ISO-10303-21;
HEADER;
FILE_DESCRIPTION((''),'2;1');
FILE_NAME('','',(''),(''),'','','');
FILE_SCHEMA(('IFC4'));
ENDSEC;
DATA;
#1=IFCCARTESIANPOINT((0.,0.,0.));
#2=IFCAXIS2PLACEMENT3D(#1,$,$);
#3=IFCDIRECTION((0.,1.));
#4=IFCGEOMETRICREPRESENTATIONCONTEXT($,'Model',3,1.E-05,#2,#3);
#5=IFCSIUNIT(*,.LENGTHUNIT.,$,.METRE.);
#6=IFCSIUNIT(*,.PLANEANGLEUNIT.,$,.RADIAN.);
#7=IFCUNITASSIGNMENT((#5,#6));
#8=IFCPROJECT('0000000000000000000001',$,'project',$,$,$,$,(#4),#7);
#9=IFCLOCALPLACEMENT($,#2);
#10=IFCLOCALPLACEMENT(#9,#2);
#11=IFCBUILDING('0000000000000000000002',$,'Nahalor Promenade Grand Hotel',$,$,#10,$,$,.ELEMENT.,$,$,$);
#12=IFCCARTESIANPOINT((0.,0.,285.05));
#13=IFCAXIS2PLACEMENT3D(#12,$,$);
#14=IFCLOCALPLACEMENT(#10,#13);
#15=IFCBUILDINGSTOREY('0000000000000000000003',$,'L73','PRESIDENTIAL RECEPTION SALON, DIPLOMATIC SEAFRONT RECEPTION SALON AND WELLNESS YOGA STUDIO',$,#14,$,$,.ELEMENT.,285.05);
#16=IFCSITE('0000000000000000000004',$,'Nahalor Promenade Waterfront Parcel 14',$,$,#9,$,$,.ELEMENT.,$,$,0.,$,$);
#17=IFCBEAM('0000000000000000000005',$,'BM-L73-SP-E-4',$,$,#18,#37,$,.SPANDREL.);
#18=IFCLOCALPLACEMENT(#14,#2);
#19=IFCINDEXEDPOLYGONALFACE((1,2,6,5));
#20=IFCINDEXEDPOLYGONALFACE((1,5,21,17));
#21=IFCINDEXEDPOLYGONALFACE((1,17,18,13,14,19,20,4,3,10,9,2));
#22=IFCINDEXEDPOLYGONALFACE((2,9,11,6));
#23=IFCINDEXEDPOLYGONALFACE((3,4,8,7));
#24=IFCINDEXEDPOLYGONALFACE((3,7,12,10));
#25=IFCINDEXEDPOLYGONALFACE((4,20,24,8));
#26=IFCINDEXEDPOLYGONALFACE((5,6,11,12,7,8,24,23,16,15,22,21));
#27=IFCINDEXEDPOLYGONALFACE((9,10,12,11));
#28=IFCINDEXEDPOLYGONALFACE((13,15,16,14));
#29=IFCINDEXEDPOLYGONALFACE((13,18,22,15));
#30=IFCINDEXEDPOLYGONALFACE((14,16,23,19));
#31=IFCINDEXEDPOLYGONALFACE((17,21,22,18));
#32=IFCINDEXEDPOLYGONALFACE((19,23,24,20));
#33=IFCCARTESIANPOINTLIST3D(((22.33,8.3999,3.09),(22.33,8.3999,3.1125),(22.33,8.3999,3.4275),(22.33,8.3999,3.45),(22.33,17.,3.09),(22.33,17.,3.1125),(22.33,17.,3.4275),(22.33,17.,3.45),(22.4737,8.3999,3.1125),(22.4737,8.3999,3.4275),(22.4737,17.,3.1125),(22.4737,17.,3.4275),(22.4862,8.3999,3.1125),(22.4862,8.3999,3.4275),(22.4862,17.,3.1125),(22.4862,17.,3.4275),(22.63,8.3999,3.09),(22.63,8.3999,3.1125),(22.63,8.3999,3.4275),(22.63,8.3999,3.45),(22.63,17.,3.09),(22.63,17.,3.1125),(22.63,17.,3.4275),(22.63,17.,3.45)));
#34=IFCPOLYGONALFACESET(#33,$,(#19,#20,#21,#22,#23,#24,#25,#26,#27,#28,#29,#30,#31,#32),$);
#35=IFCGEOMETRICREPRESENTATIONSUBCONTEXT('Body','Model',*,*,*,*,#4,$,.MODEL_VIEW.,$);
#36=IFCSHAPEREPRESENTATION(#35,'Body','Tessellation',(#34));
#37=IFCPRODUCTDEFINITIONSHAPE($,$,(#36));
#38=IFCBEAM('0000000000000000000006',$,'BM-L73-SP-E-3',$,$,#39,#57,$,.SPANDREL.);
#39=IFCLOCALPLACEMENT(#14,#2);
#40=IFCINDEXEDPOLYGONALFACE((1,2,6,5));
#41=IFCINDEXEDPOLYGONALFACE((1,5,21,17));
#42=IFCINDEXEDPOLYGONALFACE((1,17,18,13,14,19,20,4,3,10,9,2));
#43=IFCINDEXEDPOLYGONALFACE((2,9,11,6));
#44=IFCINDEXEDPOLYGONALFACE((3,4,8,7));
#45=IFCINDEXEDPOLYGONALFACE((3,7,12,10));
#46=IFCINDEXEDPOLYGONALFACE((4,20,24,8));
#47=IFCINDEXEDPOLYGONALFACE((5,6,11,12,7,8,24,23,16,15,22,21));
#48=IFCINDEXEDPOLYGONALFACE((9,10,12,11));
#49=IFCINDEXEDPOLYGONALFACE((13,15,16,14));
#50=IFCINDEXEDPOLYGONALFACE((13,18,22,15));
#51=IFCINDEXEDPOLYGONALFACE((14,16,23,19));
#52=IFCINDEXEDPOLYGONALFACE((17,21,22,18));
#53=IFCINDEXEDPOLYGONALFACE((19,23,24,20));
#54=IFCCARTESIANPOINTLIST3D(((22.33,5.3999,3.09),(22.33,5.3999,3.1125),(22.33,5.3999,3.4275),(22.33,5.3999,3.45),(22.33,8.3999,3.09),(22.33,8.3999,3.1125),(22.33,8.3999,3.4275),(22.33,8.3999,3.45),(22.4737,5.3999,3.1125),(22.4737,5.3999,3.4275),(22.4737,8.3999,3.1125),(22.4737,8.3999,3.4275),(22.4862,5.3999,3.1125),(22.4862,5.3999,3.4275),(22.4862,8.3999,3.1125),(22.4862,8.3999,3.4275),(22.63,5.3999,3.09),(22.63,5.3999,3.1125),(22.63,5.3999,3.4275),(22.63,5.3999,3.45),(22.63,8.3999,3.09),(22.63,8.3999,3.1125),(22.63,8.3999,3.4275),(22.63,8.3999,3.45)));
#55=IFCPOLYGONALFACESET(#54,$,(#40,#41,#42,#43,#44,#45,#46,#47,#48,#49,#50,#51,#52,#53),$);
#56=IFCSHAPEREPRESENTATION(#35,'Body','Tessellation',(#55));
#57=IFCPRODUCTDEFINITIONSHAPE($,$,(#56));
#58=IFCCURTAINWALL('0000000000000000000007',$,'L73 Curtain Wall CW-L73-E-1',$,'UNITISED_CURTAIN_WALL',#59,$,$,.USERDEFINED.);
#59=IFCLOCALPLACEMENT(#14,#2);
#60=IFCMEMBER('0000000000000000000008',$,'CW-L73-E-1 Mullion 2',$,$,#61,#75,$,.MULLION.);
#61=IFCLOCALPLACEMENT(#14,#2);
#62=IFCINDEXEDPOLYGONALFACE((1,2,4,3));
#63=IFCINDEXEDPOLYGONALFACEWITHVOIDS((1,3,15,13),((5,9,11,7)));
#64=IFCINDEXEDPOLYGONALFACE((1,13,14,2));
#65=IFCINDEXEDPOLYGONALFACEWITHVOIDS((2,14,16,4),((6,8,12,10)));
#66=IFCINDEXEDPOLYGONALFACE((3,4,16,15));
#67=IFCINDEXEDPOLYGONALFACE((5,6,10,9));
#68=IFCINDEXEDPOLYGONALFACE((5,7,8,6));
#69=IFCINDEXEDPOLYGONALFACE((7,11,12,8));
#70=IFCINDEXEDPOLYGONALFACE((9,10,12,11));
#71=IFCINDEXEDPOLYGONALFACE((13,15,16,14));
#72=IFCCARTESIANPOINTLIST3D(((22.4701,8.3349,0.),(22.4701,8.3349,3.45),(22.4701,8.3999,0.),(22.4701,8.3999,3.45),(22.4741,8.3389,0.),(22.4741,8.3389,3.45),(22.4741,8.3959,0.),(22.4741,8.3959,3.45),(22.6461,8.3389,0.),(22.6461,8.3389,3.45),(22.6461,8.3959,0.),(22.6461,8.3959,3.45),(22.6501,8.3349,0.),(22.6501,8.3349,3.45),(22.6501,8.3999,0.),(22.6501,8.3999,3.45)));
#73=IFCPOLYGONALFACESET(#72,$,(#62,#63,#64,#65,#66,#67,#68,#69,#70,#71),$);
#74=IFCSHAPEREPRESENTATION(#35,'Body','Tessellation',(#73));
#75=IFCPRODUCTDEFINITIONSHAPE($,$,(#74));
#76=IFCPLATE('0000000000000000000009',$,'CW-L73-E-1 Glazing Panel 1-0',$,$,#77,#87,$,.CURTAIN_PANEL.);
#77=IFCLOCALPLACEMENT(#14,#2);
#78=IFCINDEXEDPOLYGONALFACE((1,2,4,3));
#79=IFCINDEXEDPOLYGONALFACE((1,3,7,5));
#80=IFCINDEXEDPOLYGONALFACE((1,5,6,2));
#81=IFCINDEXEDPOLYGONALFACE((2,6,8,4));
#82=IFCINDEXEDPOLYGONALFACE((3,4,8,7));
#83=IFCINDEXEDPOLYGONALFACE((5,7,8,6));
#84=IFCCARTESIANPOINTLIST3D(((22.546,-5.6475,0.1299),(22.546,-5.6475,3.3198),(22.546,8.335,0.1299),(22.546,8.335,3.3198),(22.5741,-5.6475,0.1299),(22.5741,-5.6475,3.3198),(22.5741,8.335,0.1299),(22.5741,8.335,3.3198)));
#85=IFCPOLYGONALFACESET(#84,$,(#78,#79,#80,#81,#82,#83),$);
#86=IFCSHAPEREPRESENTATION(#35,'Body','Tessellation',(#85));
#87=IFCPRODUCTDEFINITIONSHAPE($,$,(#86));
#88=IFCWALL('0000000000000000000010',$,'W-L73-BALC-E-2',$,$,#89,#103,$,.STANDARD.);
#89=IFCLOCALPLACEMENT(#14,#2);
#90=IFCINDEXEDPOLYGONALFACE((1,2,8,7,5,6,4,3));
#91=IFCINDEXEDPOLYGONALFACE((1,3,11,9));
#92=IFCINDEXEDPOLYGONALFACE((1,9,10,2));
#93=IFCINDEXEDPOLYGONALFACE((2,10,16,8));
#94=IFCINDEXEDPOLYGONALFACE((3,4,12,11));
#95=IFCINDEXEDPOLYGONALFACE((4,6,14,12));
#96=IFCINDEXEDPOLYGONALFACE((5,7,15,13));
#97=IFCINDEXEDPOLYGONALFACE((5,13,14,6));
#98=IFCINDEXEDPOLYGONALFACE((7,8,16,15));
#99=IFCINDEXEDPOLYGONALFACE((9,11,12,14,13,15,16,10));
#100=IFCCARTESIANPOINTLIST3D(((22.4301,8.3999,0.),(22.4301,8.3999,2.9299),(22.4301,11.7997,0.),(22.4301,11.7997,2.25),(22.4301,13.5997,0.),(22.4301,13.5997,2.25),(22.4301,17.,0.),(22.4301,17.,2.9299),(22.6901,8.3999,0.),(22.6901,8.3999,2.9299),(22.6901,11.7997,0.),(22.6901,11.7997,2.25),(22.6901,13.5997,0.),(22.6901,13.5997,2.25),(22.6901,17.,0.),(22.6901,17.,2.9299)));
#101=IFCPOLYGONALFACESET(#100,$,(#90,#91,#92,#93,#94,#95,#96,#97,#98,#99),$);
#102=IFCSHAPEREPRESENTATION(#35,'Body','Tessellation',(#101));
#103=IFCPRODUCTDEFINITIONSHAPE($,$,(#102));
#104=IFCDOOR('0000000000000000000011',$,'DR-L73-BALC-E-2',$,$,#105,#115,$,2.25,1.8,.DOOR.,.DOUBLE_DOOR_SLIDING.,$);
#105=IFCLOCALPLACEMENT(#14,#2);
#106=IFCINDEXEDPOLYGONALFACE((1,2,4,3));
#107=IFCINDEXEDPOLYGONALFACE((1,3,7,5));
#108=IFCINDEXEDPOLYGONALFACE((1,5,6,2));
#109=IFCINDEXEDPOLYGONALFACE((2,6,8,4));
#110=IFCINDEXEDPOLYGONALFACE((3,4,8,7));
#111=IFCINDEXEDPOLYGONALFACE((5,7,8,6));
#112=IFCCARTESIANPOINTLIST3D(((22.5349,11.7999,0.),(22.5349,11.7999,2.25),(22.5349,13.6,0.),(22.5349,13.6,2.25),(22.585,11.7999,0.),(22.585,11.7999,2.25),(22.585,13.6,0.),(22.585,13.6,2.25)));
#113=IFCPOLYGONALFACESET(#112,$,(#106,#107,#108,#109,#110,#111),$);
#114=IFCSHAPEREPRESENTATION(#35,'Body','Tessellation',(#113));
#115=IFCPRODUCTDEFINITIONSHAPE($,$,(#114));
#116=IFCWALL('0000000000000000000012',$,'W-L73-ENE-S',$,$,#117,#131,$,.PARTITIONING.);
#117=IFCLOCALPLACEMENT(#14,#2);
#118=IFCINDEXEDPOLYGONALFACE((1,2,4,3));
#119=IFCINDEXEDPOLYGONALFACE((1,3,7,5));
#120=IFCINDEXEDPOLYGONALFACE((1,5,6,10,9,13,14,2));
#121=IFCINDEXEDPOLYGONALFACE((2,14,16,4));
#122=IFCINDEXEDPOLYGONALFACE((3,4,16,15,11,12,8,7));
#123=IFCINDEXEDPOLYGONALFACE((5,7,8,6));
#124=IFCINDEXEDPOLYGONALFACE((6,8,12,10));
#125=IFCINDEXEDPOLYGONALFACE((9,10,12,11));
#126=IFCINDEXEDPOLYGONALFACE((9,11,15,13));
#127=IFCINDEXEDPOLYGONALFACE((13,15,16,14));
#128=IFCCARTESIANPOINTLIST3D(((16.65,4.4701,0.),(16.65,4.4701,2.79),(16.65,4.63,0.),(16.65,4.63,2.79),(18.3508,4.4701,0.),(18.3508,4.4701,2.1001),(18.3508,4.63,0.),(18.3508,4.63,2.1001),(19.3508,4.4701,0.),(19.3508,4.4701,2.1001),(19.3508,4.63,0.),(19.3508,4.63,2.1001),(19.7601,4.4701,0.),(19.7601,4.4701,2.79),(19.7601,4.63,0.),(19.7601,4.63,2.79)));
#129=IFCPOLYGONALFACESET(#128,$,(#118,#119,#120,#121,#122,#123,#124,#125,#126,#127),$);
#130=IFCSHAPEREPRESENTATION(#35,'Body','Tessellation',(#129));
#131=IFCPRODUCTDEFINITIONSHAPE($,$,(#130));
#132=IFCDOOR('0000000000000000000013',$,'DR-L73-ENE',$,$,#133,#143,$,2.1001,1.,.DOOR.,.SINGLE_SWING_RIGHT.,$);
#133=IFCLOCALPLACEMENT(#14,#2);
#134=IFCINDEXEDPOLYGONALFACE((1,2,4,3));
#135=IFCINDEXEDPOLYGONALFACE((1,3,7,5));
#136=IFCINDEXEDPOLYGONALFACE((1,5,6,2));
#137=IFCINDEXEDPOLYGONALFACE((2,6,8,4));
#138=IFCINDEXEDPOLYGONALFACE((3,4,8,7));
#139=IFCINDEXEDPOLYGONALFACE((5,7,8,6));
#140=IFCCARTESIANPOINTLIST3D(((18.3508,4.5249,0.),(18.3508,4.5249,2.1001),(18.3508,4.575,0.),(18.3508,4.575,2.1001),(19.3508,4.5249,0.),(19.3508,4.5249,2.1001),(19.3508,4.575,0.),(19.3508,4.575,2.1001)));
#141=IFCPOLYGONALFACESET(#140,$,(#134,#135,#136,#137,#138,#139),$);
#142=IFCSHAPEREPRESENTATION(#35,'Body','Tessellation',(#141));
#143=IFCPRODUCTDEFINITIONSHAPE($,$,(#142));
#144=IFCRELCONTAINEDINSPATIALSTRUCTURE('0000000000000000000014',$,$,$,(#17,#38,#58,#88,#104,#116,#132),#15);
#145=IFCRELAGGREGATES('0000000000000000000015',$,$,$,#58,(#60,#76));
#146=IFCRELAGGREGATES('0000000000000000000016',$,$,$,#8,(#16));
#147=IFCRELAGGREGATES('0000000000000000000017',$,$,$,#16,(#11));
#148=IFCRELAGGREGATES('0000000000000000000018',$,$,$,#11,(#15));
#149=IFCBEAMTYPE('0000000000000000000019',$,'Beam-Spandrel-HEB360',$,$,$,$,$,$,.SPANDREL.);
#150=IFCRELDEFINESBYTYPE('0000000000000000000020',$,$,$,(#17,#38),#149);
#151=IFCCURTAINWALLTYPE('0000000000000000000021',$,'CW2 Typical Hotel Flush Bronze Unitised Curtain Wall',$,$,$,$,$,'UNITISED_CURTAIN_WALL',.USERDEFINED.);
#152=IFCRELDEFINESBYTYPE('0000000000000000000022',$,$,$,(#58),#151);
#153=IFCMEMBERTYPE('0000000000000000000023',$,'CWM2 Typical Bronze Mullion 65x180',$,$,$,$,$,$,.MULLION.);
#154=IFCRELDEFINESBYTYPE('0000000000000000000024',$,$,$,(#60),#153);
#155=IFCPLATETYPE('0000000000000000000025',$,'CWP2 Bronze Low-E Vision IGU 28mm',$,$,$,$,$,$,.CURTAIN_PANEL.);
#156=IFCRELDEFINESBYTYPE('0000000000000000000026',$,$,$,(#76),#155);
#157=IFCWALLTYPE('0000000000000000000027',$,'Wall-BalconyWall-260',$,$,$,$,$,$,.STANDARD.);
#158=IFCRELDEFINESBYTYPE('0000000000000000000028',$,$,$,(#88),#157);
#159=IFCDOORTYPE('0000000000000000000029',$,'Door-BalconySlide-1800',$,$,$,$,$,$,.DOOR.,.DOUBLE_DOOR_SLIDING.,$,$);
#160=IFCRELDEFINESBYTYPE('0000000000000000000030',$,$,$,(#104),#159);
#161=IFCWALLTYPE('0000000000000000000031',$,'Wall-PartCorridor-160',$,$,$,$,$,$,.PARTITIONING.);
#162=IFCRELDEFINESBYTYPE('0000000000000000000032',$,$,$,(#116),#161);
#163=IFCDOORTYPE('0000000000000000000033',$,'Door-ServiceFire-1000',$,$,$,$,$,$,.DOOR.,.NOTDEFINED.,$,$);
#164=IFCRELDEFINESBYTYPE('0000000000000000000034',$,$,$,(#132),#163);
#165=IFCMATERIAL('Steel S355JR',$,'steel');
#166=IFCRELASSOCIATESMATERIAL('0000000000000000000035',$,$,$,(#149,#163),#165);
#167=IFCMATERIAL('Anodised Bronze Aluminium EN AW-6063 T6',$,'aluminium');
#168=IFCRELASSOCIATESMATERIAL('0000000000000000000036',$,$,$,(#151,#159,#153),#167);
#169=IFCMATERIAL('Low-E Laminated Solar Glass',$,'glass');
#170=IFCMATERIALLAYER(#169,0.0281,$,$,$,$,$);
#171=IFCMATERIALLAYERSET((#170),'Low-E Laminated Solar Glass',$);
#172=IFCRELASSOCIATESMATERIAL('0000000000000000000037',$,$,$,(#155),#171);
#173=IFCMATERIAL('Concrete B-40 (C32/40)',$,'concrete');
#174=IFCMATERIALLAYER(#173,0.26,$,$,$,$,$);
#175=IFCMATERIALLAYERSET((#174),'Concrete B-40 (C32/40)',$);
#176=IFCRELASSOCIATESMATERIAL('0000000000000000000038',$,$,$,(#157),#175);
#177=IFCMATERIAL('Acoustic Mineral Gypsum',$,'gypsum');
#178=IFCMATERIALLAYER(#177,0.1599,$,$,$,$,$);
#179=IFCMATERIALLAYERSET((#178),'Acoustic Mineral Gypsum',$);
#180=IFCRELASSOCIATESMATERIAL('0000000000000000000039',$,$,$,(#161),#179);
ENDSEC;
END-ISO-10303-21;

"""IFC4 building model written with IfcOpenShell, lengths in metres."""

from ifc_helpers import new_model, si_unit, direction, frame, frame_2d, origin, origin_2d, place, context, subcontext, project, spatial, rectangle, hollow_rectangle, i_section, extrude, source, transform, mapped, material, layer, layer_set, material_profile, profile_set, type_object, element, fill, aggregate, save


model = new_model("IFC4")

# Units and contexts
model_context = context("Model", 3, precision=1e-05, world=origin(), true_north=direction((0.0, 1.0)))
body_context = subcontext(model_context, "Body", "Model", "MODEL_VIEW")
ifc_project = project(units=[si_unit("LENGTHUNIT", "METRE"), si_unit("PLANEANGLEUNIT", "RADIAN")], contexts=[model_context])

# Site, building, storey
site_placement = place(None, origin())
site = spatial("IfcSite", under=ifc_project, at=site_placement, Name="Nahalor Promenade Waterfront Parcel 14", CompositionType="ELEMENT", RefElevation=0.0)
building_placement = place(site_placement, origin())
building = spatial("IfcBuilding", under=site, at=building_placement, Name="Nahalor Promenade Grand Hotel", CompositionType="ELEMENT")
storey_placement = place(building_placement, frame((0.0, 0.0, 285.05)))
storey = spatial("IfcBuildingStorey", under=building, at=storey_placement, Name="L73", Description="PRESIDENTIAL RECEPTION SALON, DIPLOMATIC SEAFRONT RECEPTION SALON AND WELLNESS YOGA STUDIO", CompositionType="ELEMENT", Elevation=285.05)

# Shared definitions
ifc_material_1 = material(Name="Steel S355JR", Category="steel")

# Beams
ifc_material_profile_1 = material_profile(ifc_material_1, i_section(OverallWidth=0.3, OverallDepth=0.36, WebThickness=0.0125, FlangeThickness=0.0225, at=origin_2d()), Name="HEB 360")
ifc_profile_set_1 = profile_set([ifc_material_profile_1], Name="Steel S355JR")
beam_type_1 = type_object("IfcBeamType", Name="Beam-Spandrel-HEB360", PredefinedType="SPANDREL", material=ifc_profile_set_1)
shared_shape_1 = source(origin(), body_context, "Body", "SweptSolid", [
    extrude(i_section(OverallWidth=0.3, OverallDepth=0.36, WebThickness=0.0125, FlangeThickness=0.0225, at=origin_2d()), origin(), (0.0, 0.0, 1.0), 8.6001),
])
beam_1_placement = place(storey_placement, frame((22.48, 8.3999, 3.27), z_axis=(0.0, 1.0, 0.0), x_axis=(-1.0, 0.0, 0.0)))
element("IfcBeam", 1, at=beam_1_placement, inside=storey, type_object=beam_type_1, Name="BM-L73-SP-E-4", PredefinedType="SPANDREL", context=body_context, shape_type="MappedRepresentation", body=[
    mapped(shared_shape_1, transform((0.0, 0.0, 0.0), scale=1.0)),
])
shared_shape_2 = source(origin(), body_context, "Body", "SweptSolid", [
    extrude(i_section(OverallWidth=0.3, OverallDepth=0.36, WebThickness=0.0125, FlangeThickness=0.0225, at=origin_2d()), origin(), (0.0, 0.0, 1.0), 3.0),
])
beam_2_placement = place(storey_placement, frame((22.48, 5.3999, 3.27), z_axis=(0.0, 1.0, 0.0), x_axis=(-1.0, 0.0, 0.0)))
element("IfcBeam", 2, at=beam_2_placement, inside=storey, type_object=beam_type_1, Name="BM-L73-SP-E-3", PredefinedType="SPANDREL", context=body_context, shape_type="MappedRepresentation", body=[
    mapped(shared_shape_2, transform((0.0, 0.0, 0.0), scale=1.0)),
])

# Curtain wall, member, plate
ifc_material_2 = material(Name="Anodised Bronze Aluminium EN AW-6063 T6", Category="aluminium")
curtain_wall_type = type_object("IfcCurtainWallType", Name="CW2 Typical Hotel Flush Bronze Unitised Curtain Wall", ElementType="UNITISED_CURTAIN_WALL", PredefinedType="USERDEFINED", material=ifc_material_2)
curtain_wall_placement = place(storey_placement, origin())
curtain_wall = element("IfcCurtainWall", 3, at=curtain_wall_placement, inside=storey, type_object=curtain_wall_type, Name="L73 Curtain Wall CW-L73-E-1", ObjectType="UNITISED_CURTAIN_WALL", PredefinedType="USERDEFINED")
ifc_material_profile_2 = material_profile(ifc_material_2, hollow_rectangle(XDim=0.065, YDim=0.18, WallThickness=0.004, at=origin_2d()), Name="CWM 65x180x4")
ifc_profile_set_2 = profile_set([ifc_material_profile_2], Name="Anodised Bronze Aluminium EN AW-6063 T6")
member_type = type_object("IfcMemberType", Name="CWM2 Typical Bronze Mullion 65x180", PredefinedType="MULLION", material=ifc_profile_set_2)
shared_shape_3 = source(origin(), body_context, "Body", "SweptSolid", [
    extrude(hollow_rectangle(XDim=0.065, YDim=0.18, WallThickness=0.004, at=origin_2d()), origin(), (0.0, 0.0, 1.0), 3.45),
])
member_placement = place(storey_placement, frame((22.5601, 8.3674, 0.0), z_axis=(0.0, 0.0, 1.0), x_axis=(0.0, 1.0, 0.0)))
member = element("IfcMember", 4, at=member_placement, type_object=member_type, Name="CW-L73-E-1 Mullion 2", PredefinedType="MULLION", context=body_context, shape_type="MappedRepresentation", body=[
    mapped(shared_shape_3, transform((0.0, 0.0, 0.0), scale=1.0)),
])
ifc_material_3 = material(Name="Low-E Laminated Solar Glass", Category="glass")
ifc_layer_1 = layer(ifc_material_3, 0.0281)
ifc_layer_set_1 = layer_set([ifc_layer_1], Name="Low-E Laminated Solar Glass")
plate_type = type_object("IfcPlateType", Name="CWP2 Bronze Low-E Vision IGU 28mm", PredefinedType="CURTAIN_PANEL", material=ifc_layer_set_1)
shared_shape_4 = source(origin(), body_context, "Body", "SweptSolid", [
    extrude(rectangle(XDim=13.9824, YDim=0.0281, at=origin_2d()), origin(), (0.0, 0.0, 1.0), 3.1899),
])
plate_placement = place(storey_placement, frame((22.5601, 1.3438, 0.1299), z_axis=(0.0, 0.0, 1.0), x_axis=(0.0, 1.0, 0.0)))
plate = element("IfcPlate", 5, at=plate_placement, type_object=plate_type, Name="CW-L73-E-1 Glazing Panel 1-0", PredefinedType="CURTAIN_PANEL", context=body_context, shape_type="MappedRepresentation", body=[
    mapped(shared_shape_4, transform((0.0, 0.0, 0.0), scale=1.0)),
])
aggregate(curtain_wall, [member, plate])

# Walls, openings, doors
ifc_material_4 = material(Name="Concrete B-40 (C32/40)", Category="concrete")
ifc_layer_2 = layer(ifc_material_4, 0.26)
ifc_layer_set_2 = layer_set([ifc_layer_2], Name="Concrete B-40 (C32/40)")
wall_type_1 = type_object("IfcWallType", Name="Wall-BalconyWall-260", PredefinedType="STANDARD", material=ifc_layer_set_2)
shared_shape_5 = source(origin(), body_context, "Body", "SweptSolid", [
    extrude(rectangle(XDim=8.6001, YDim=0.26, at=frame_2d((4.3, 0.0))), origin(), (0.0, 0.0, 1.0), 2.9299),
])
wall_1_placement = place(storey_placement, frame((22.5601, 8.3999, 0.0), z_axis=(0.0, 0.0, 1.0), x_axis=(0.0, 1.0, 0.0)))
wall_1 = element("IfcWall", 6, at=wall_1_placement, inside=storey, type_object=wall_type_1, Name="W-L73-BALC-E-2", PredefinedType="STANDARD", context=body_context, shape_type="MappedRepresentation", body=[
    mapped(shared_shape_5, transform((0.0, 0.0, 0.0), scale=1.0)),
])
opening_1_placement = place(wall_1_placement, frame((3.3999, 0.0, 0.0)))
opening_1 = element("IfcOpeningElement", 7, at=opening_1_placement, cuts=wall_1, PredefinedType="OPENING", context=body_context, shape_type="SweptSolid", body=[
    extrude(rectangle(XDim=1.8, YDim=2.25, at=frame_2d((0.8999, 1.125))), frame((0.0, 0.1399, 0.0), z_axis=(0.0, -1.0, 0.0), x_axis=(1.0, 0.0, 0.0)), (0.0, 0.0, 1.0), 0.28),
])
door_type_1 = type_object("IfcDoorType", Name="Door-BalconySlide-1800", OperationType="DOUBLE_DOOR_SLIDING", PredefinedType="DOOR", material=ifc_material_2)
shared_shape_6 = source(origin(), body_context, "Body", "SweptSolid", [
    extrude(rectangle(XDim=1.8, YDim=2.25, at=frame_2d((0.8999, 1.125))), frame((0.0, 0.0249, 0.0), z_axis=(0.0, -1.0, 0.0), x_axis=(1.0, 0.0, 0.0)), (0.0, 0.0, 1.0), 0.05),
])
door_1_placement = place(opening_1_placement, frame((1.8, 0.0, 0.0), z_axis=(0.0, 0.0, 1.0), x_axis=(-1.0, 0.0, 0.0)))
door_1 = element("IfcDoor", 8, at=door_1_placement, inside=storey, type_object=door_type_1, Name="DR-L73-BALC-E-2", OperationType="DOUBLE_DOOR_SLIDING", OverallHeight=2.25, OverallWidth=1.8, PredefinedType="DOOR", context=body_context, shape_type="MappedRepresentation", body=[
    mapped(shared_shape_6, transform((0.0, 0.0, 0.0), scale=1.0)),
])
fill(opening_1, door_1)
ifc_material_5 = material(Name="Acoustic Mineral Gypsum", Category="gypsum")
ifc_layer_3 = layer(ifc_material_5, 0.1599)
ifc_layer_set_3 = layer_set([ifc_layer_3], Name="Acoustic Mineral Gypsum")
wall_type_2 = type_object("IfcWallType", Name="Wall-PartCorridor-160", PredefinedType="PARTITIONING", material=ifc_layer_set_3)
shared_shape_7 = source(origin(), body_context, "Body", "SweptSolid", [
    extrude(rectangle(XDim=3.1101, YDim=0.1599, at=frame_2d((1.5552, 0.0))), origin(), (0.0, 0.0, 1.0), 2.79),
])
wall_2_placement = place(storey_placement, frame((16.6499, 4.55, 0.0), z_axis=(0.0, 0.0, 1.0), x_axis=(1.0, 0.0, 0.0)))
wall_2 = element("IfcWall", 9, at=wall_2_placement, inside=storey, type_object=wall_type_2, Name="W-L73-ENE-S", PredefinedType="PARTITIONING", context=body_context, shape_type="MappedRepresentation", body=[
    mapped(shared_shape_7, transform((0.0, 0.0, 0.0), scale=1.0)),
])
opening_2_placement = place(wall_2_placement, frame((1.7009, 0.0, 0.0)))
opening_2 = element("IfcOpeningElement", 10, at=opening_2_placement, cuts=wall_2, PredefinedType="OPENING", context=body_context, shape_type="SweptSolid", body=[
    extrude(rectangle(XDim=1.0, YDim=2.1001, at=frame_2d((0.5, 1.05))), frame((0.0, 0.0898, 0.0), z_axis=(0.0, -1.0, 0.0), x_axis=(1.0, 0.0, 0.0)), (0.0, 0.0, 1.0), 0.1799),
])
door_type_2 = type_object("IfcDoorType", Name="Door-ServiceFire-1000", OperationType="NOTDEFINED", PredefinedType="DOOR", material=ifc_material_1)
shared_shape_8 = source(origin(), body_context, "Body", "SweptSolid", [
    extrude(rectangle(XDim=1.0, YDim=2.1001, at=frame_2d((0.5, 1.05))), frame((0.0, 0.0249, 0.0), z_axis=(0.0, -1.0, 0.0), x_axis=(1.0, 0.0, 0.0)), (0.0, 0.0, 1.0), 0.05),
])
door_2_placement = place(opening_2_placement, origin())
door_2 = element("IfcDoor", 11, at=door_2_placement, inside=storey, type_object=door_type_2, Name="DR-L73-ENE", OperationType="SINGLE_SWING_RIGHT", OverallHeight=2.1001, OverallWidth=1.0, PredefinedType="DOOR", context=body_context, shape_type="MappedRepresentation", body=[
    mapped(shared_shape_8, transform((0.0, 0.0, 0.0), scale=1.0)),
])
fill(opening_2, door_2)

save(model, "model.ifc")
